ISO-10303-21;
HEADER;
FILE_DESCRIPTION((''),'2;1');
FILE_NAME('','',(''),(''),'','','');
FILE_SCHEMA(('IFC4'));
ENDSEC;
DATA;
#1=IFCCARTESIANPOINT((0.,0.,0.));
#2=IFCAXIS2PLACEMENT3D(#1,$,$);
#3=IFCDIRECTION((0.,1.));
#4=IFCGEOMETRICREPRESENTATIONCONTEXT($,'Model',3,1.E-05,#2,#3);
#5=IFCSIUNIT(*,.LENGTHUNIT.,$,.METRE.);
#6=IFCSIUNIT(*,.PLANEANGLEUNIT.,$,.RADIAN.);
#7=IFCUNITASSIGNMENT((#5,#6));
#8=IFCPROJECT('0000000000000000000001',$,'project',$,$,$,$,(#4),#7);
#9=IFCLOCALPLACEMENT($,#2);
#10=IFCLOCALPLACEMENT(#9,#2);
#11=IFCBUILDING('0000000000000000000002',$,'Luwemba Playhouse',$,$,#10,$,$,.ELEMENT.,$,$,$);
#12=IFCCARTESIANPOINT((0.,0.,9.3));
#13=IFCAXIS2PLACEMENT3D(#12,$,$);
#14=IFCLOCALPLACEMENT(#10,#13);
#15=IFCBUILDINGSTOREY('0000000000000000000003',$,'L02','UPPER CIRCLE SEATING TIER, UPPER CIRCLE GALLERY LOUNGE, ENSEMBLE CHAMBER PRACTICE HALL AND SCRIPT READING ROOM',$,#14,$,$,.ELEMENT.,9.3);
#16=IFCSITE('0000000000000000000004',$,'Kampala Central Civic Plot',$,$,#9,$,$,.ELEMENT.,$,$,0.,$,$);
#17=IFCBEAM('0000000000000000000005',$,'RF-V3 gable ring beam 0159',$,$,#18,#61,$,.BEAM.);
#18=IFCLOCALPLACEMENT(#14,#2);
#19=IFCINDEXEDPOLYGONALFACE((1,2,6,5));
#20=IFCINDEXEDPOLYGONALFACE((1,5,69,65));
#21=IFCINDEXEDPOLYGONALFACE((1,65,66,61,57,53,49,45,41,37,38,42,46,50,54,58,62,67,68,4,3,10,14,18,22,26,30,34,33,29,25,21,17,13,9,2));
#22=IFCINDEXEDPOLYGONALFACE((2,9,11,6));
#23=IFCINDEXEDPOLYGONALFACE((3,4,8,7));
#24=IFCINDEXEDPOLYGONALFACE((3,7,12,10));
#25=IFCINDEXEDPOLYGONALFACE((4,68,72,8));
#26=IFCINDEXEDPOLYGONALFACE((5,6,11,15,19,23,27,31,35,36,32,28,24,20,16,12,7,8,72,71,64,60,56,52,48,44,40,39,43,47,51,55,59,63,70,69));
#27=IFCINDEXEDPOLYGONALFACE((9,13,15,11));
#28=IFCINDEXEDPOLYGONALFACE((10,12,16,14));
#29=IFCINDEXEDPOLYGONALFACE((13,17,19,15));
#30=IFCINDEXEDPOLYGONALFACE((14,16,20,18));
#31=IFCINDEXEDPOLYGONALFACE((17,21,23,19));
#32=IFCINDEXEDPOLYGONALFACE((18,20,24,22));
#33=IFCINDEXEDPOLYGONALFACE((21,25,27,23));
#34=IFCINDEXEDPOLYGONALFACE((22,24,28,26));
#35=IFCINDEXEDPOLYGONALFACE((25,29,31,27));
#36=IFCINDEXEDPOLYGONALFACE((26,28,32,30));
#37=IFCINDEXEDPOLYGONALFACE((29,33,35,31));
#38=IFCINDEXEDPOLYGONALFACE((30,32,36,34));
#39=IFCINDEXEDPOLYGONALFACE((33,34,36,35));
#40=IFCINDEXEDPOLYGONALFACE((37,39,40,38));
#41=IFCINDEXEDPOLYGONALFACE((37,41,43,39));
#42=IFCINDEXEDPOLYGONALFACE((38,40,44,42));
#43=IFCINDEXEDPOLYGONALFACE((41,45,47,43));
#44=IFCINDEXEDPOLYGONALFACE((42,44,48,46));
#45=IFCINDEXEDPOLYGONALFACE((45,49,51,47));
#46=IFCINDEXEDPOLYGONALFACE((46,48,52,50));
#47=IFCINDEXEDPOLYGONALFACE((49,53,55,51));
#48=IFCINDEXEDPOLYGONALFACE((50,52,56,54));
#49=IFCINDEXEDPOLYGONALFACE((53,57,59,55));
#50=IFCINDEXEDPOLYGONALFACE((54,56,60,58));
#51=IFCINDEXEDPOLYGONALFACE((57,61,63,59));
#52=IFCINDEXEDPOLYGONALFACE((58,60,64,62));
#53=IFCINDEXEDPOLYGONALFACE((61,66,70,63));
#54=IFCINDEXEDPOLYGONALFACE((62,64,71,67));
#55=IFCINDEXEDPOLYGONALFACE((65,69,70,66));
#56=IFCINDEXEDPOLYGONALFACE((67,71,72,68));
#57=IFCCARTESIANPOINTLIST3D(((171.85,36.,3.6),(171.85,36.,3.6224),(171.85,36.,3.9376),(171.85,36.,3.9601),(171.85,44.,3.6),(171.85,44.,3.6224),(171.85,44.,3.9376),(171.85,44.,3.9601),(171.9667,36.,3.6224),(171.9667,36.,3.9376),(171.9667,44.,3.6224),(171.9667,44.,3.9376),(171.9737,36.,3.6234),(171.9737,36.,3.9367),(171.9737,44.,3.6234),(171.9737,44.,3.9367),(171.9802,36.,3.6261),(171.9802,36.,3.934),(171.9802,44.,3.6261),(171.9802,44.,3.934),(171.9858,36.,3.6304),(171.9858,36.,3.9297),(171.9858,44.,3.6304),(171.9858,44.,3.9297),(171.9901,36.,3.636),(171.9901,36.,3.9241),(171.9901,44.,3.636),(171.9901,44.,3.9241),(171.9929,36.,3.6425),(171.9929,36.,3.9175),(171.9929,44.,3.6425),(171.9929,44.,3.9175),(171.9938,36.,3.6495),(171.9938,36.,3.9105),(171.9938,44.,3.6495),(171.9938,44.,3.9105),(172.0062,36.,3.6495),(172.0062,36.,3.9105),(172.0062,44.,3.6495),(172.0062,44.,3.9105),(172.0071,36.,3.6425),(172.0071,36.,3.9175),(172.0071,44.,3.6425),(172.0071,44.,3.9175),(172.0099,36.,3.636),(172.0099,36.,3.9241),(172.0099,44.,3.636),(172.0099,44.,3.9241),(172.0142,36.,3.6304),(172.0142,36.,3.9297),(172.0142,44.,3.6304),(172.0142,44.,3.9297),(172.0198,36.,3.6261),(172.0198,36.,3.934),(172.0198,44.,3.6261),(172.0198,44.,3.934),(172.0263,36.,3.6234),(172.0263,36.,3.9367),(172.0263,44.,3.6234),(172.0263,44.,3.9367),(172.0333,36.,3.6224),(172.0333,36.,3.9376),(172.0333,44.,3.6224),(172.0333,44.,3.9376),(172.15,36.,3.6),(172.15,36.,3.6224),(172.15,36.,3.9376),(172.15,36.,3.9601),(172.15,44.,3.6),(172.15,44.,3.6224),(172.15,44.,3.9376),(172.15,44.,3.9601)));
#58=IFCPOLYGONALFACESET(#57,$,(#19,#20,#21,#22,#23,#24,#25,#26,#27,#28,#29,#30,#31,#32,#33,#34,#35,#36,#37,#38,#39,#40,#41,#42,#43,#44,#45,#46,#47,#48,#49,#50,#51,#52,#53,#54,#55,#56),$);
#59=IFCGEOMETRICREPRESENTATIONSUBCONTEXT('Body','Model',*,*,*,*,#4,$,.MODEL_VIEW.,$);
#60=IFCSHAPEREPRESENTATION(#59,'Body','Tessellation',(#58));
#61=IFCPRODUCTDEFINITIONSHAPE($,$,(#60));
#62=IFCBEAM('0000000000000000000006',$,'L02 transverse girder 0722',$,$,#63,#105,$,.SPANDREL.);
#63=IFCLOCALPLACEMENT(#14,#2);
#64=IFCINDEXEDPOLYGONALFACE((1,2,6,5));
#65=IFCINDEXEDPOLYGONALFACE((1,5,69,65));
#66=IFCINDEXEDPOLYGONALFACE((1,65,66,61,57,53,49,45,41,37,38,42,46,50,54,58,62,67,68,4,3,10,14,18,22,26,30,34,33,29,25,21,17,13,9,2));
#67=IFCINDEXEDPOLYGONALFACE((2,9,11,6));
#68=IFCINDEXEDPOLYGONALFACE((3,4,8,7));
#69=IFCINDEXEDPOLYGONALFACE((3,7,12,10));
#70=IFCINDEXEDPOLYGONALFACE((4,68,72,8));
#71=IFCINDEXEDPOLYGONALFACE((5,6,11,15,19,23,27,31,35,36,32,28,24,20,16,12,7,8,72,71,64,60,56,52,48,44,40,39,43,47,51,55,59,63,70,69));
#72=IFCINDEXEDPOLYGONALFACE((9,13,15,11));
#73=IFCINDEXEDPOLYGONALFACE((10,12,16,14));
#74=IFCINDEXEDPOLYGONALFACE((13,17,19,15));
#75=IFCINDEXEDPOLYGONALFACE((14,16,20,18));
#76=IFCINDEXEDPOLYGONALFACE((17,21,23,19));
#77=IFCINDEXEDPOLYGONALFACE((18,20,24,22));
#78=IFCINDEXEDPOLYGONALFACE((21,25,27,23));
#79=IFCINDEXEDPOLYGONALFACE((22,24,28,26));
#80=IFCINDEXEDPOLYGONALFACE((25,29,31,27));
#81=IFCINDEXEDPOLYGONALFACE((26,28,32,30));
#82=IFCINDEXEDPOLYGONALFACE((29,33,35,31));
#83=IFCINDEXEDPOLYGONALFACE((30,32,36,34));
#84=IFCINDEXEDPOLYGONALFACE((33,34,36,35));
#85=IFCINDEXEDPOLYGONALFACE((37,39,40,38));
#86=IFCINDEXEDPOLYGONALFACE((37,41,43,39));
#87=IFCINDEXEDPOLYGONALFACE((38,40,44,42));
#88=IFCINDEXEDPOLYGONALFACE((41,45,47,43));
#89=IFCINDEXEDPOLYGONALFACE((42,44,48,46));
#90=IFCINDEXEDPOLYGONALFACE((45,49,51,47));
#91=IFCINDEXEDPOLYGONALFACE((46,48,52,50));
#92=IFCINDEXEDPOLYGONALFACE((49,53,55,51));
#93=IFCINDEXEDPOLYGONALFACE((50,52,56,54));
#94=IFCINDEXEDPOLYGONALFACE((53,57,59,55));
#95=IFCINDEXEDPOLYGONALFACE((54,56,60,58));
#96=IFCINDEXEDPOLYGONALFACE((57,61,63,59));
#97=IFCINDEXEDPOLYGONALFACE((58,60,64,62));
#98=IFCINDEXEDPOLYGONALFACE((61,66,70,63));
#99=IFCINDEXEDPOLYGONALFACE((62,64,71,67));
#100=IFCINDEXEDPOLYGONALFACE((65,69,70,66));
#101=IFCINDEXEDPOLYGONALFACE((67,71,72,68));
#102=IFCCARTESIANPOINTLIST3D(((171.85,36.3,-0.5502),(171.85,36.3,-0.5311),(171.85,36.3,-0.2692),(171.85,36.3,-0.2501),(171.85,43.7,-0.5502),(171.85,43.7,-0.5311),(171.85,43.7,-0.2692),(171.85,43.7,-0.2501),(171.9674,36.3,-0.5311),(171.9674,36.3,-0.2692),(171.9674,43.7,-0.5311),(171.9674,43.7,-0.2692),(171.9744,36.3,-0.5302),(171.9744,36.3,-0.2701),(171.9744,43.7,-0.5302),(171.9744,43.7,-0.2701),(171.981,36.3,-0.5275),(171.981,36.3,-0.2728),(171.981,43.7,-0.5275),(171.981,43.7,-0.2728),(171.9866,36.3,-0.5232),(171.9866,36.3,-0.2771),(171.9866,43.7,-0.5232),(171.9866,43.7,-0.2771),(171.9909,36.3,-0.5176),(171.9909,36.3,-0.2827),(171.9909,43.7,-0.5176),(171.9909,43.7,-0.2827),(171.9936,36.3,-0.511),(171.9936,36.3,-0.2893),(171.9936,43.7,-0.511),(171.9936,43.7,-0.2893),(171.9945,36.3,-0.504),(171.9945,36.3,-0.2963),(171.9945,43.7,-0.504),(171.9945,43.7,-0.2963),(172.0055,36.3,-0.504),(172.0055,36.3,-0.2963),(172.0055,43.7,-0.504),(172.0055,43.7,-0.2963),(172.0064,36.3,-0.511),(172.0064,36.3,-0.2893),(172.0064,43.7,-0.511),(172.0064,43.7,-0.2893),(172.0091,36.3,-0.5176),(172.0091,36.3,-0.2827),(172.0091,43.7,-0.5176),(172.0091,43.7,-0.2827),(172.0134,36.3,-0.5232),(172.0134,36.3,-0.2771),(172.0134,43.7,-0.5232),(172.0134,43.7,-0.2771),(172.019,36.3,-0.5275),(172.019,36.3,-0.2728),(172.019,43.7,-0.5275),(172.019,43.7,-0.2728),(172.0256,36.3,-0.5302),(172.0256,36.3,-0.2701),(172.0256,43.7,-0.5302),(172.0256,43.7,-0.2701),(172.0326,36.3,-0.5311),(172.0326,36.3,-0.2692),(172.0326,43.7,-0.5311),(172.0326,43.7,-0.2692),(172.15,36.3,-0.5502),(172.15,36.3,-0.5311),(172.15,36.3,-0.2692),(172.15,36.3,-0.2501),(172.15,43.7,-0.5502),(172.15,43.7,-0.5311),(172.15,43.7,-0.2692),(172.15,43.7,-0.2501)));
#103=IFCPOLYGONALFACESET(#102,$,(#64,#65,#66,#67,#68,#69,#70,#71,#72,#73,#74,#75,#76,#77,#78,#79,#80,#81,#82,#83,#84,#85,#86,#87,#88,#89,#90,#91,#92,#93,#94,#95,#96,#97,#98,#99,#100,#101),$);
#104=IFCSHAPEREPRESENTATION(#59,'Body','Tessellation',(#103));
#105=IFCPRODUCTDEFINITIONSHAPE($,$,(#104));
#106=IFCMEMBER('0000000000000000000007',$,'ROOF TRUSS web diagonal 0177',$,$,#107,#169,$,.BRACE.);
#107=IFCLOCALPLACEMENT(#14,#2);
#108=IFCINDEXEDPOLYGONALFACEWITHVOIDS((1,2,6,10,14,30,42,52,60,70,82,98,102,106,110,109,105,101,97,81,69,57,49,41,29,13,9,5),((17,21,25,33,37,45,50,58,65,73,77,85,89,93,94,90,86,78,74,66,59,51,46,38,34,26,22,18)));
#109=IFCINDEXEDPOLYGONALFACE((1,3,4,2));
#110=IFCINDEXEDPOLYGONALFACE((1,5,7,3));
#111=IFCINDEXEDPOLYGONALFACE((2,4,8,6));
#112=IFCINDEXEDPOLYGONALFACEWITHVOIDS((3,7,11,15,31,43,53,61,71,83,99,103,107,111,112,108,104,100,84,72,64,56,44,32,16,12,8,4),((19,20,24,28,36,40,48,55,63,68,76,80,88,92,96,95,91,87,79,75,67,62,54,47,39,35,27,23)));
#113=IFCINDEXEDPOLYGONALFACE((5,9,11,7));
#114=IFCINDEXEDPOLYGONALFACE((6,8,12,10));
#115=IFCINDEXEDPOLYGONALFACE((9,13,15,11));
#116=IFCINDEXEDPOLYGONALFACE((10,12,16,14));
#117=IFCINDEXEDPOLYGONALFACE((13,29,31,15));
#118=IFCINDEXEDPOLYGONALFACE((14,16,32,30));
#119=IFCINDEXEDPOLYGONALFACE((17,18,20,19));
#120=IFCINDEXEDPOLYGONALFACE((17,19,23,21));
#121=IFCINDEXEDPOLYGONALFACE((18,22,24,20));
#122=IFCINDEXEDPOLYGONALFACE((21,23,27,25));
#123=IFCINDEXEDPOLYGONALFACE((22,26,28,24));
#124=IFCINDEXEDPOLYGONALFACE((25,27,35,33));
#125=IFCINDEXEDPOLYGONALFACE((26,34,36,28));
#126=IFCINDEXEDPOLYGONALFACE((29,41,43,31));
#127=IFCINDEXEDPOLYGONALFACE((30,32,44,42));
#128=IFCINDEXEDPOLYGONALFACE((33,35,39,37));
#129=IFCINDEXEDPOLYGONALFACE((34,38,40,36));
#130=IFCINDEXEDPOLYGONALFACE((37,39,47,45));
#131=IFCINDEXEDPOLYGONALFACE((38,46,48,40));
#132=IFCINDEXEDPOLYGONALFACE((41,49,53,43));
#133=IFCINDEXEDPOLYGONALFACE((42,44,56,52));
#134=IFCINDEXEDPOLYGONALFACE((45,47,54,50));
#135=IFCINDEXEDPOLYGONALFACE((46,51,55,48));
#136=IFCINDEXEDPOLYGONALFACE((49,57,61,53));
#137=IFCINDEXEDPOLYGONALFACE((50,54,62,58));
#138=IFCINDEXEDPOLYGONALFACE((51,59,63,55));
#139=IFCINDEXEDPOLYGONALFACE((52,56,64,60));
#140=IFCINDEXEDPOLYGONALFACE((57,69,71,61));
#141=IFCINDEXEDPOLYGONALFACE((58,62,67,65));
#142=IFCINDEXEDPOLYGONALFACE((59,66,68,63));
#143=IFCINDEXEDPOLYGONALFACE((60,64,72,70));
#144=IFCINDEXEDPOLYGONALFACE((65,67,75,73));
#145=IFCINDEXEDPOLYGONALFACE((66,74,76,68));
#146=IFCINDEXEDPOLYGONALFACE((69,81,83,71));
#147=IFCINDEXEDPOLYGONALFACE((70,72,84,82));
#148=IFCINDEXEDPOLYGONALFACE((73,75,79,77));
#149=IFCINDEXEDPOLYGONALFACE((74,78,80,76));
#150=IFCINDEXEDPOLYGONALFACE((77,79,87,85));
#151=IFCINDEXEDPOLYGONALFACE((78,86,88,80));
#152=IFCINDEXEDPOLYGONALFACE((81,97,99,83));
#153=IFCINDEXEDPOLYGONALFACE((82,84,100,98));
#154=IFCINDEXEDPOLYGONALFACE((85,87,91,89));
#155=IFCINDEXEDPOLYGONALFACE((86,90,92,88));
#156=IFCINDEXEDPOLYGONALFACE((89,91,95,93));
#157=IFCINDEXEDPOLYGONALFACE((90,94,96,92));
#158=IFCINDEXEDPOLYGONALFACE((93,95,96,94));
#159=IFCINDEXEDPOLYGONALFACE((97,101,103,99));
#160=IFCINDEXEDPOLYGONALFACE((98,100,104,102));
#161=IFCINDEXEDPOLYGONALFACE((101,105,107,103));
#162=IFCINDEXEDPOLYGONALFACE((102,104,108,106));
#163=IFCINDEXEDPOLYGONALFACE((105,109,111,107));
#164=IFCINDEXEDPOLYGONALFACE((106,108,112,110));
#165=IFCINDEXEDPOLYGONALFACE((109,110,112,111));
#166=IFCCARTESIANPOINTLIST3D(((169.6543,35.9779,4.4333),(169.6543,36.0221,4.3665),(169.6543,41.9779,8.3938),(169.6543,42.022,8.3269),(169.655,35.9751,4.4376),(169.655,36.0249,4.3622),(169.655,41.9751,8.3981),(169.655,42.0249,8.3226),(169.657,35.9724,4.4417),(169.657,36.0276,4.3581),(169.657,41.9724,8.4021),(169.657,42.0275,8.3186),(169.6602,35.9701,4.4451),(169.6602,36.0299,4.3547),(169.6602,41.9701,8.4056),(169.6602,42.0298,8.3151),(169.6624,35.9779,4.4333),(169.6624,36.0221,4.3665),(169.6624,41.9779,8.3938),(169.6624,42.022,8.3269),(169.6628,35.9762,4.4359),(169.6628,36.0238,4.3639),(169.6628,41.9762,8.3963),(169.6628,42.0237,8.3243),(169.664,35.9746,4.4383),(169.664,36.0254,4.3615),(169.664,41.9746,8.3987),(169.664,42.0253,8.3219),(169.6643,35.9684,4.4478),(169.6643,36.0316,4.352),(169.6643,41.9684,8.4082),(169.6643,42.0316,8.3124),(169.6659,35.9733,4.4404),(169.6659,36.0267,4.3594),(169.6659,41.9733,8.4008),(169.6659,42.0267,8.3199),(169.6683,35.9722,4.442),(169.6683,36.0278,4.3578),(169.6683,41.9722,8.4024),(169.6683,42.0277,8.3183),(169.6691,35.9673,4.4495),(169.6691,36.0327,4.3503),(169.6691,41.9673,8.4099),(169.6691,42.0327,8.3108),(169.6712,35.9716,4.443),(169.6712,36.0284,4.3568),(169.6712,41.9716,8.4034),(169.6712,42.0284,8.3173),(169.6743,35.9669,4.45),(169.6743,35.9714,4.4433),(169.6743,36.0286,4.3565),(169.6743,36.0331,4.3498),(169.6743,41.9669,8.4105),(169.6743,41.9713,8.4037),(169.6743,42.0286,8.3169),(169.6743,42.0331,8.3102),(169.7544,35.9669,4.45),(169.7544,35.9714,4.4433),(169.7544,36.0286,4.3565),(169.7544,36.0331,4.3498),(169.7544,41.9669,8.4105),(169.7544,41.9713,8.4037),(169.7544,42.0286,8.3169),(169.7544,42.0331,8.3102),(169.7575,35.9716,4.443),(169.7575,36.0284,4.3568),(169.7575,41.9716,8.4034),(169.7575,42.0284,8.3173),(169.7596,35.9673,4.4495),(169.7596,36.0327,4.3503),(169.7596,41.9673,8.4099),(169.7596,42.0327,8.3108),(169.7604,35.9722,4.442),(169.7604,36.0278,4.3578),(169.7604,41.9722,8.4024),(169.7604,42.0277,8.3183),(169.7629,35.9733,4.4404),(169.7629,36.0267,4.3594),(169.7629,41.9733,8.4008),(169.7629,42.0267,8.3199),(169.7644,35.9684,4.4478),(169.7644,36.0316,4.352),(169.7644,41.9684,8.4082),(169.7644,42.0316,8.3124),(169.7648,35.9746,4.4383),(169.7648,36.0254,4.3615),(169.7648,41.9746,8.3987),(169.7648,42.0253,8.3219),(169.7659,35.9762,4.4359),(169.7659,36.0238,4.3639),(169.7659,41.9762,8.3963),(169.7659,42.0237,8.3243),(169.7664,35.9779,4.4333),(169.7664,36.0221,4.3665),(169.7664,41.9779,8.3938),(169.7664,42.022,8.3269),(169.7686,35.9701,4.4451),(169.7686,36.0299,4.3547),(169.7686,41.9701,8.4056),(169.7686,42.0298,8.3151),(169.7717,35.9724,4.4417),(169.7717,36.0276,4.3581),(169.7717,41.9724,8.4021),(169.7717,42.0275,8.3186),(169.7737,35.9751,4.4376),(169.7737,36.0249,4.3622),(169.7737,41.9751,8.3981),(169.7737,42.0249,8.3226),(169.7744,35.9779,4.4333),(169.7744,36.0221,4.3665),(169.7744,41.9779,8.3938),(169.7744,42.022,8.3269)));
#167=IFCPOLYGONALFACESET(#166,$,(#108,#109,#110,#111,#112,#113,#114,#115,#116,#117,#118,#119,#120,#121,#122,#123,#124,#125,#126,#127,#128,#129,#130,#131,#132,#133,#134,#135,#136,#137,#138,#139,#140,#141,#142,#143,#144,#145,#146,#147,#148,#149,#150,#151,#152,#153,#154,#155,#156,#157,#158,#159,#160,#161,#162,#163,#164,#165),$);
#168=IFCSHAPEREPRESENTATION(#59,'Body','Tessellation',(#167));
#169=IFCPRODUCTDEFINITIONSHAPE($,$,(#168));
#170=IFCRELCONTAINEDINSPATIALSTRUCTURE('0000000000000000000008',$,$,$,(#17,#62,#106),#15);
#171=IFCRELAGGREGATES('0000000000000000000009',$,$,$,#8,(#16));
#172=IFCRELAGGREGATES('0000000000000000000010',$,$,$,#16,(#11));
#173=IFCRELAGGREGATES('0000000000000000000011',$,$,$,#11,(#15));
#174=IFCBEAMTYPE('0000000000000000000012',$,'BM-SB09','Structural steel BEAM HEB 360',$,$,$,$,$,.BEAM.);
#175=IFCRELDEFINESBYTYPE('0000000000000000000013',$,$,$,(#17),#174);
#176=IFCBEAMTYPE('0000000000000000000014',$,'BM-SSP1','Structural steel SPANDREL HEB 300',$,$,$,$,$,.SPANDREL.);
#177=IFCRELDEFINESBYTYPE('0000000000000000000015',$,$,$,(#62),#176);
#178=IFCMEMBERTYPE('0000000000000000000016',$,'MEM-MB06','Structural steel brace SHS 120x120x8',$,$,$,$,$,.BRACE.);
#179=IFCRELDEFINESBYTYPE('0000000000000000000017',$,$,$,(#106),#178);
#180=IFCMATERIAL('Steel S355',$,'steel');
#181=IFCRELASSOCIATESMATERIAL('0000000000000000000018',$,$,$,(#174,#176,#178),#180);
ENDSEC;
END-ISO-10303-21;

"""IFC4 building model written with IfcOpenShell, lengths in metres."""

from ifc_helpers import new_model, si_unit, direction, frame, origin, origin_2d, place, context, subcontext, project, spatial, hollow_rectangle, i_section, extrude, material, material_profile, profile_set, type_object, element, save


model = new_model("IFC4")

# Units and contexts
model_context = context("Model", 3, precision=1e-05, world=origin(), true_north=direction((0.0, 1.0)))
body_context = subcontext(model_context, "Body", "Model", "MODEL_VIEW")
ifc_project = project(units=[si_unit("LENGTHUNIT", "METRE"), si_unit("PLANEANGLEUNIT", "RADIAN")], contexts=[model_context])

# Site, building, storey
site_placement = place(None, origin())
site = spatial("IfcSite", under=ifc_project, at=site_placement, Name="Kampala Central Civic Plot", CompositionType="ELEMENT", RefElevation=0.0)
building_placement = place(site_placement, origin())
building = spatial("IfcBuilding", under=site, at=building_placement, Name="Luwemba Playhouse", CompositionType="ELEMENT")
storey_placement = place(building_placement, frame((0.0, 0.0, 9.3)))
storey = spatial("IfcBuildingStorey", under=building, at=storey_placement, Name="L02", Description="UPPER CIRCLE SEATING TIER, UPPER CIRCLE GALLERY LOUNGE, ENSEMBLE CHAMBER PRACTICE HALL AND SCRIPT READING ROOM", CompositionType="ELEMENT", Elevation=9.3)

# Shared definitions
ifc_material_1 = material(Name="Steel S355", Category="steel")

# Beams
ifc_material_profile_1 = material_profile(ifc_material_1, i_section(OverallWidth=0.3, OverallDepth=0.3601, WebThickness=0.0125, FlangeThickness=0.0225, FilletRadius=0.0271, at=origin_2d()))
ifc_profile_set_1 = profile_set([ifc_material_profile_1], Name="Steel S355")
beam_type_1 = type_object("IfcBeamType", Name="BM-SB09", Description="Structural steel BEAM HEB 360", PredefinedType="BEAM", material=ifc_profile_set_1)
beam_1_placement = place(storey_placement, frame((172.0, 36.0, 3.78), z_axis=(0.0, 1.0, 0.0), x_axis=(-1.0, 0.0, 0.0)))
element("IfcBeam", 1, at=beam_1_placement, inside=storey, type_object=beam_type_1, Name="RF-V3 gable ring beam 0159", PredefinedType="BEAM", context=body_context, shape_type="SweptSolid", body=[
    extrude(i_section(OverallWidth=0.3, OverallDepth=0.3601, WebThickness=0.0125, FlangeThickness=0.0225, FilletRadius=0.0271, at=origin_2d()), origin(), (0.0, 0.0, 1.0), 8.0),
])
ifc_material_profile_2 = material_profile(ifc_material_1, i_section(OverallWidth=0.3, OverallDepth=0.3, WebThickness=0.011, FlangeThickness=0.019, FilletRadius=0.0271, at=origin_2d()))
ifc_profile_set_2 = profile_set([ifc_material_profile_2], Name="Steel S355")
beam_type_2 = type_object("IfcBeamType", Name="BM-SSP1", Description="Structural steel SPANDREL HEB 300", PredefinedType="SPANDREL", material=ifc_profile_set_2)
beam_2_placement = place(storey_placement, frame((172.0, 36.3, -0.4001), z_axis=(0.0, 1.0, 0.0), x_axis=(-1.0, 0.0, 0.0)))
element("IfcBeam", 2, at=beam_2_placement, inside=storey, type_object=beam_type_2, Name="L02 transverse girder 0722", PredefinedType="SPANDREL", context=body_context, shape_type="SweptSolid", body=[
    extrude(i_section(OverallWidth=0.3, OverallDepth=0.3, WebThickness=0.011, FlangeThickness=0.019, FilletRadius=0.0271, at=origin_2d()), origin(), (0.0, 0.0, 1.0), 7.3999),
])

# Member
ifc_material_profile_3 = material_profile(ifc_material_1, hollow_rectangle(XDim=0.1201, YDim=0.1201, WallThickness=0.0081, InnerFilletRadius=0.012, OuterFilletRadius=0.02, at=origin_2d()))
ifc_profile_set_3 = profile_set([ifc_material_profile_3], Name="Steel S355")
member_type_1 = type_object("IfcMemberType", Name="MEM-MB06", Description="Structural steel brace SHS 120x120x8", PredefinedType="BRACE", material=ifc_profile_set_3)
member_1_placement = place(storey_placement, frame((169.7144, 36.0, 4.3999), z_axis=(0.0, 0.834581, 0.550886), x_axis=(-1.0, 0.0, 0.0)))
element("IfcMember", 3, at=member_1_placement, inside=storey, type_object=member_type_1, Name="ROOF TRUSS web diagonal 0177", PredefinedType="BRACE", context=body_context, shape_type="SweptSolid", body=[
    extrude(hollow_rectangle(XDim=0.1201, YDim=0.1201, WallThickness=0.0081, InnerFilletRadius=0.012, OuterFilletRadius=0.02, at=origin_2d()), origin(), (0.0, 0.0, 1.0), 7.1892),
])

save(model, "model.ifc")
